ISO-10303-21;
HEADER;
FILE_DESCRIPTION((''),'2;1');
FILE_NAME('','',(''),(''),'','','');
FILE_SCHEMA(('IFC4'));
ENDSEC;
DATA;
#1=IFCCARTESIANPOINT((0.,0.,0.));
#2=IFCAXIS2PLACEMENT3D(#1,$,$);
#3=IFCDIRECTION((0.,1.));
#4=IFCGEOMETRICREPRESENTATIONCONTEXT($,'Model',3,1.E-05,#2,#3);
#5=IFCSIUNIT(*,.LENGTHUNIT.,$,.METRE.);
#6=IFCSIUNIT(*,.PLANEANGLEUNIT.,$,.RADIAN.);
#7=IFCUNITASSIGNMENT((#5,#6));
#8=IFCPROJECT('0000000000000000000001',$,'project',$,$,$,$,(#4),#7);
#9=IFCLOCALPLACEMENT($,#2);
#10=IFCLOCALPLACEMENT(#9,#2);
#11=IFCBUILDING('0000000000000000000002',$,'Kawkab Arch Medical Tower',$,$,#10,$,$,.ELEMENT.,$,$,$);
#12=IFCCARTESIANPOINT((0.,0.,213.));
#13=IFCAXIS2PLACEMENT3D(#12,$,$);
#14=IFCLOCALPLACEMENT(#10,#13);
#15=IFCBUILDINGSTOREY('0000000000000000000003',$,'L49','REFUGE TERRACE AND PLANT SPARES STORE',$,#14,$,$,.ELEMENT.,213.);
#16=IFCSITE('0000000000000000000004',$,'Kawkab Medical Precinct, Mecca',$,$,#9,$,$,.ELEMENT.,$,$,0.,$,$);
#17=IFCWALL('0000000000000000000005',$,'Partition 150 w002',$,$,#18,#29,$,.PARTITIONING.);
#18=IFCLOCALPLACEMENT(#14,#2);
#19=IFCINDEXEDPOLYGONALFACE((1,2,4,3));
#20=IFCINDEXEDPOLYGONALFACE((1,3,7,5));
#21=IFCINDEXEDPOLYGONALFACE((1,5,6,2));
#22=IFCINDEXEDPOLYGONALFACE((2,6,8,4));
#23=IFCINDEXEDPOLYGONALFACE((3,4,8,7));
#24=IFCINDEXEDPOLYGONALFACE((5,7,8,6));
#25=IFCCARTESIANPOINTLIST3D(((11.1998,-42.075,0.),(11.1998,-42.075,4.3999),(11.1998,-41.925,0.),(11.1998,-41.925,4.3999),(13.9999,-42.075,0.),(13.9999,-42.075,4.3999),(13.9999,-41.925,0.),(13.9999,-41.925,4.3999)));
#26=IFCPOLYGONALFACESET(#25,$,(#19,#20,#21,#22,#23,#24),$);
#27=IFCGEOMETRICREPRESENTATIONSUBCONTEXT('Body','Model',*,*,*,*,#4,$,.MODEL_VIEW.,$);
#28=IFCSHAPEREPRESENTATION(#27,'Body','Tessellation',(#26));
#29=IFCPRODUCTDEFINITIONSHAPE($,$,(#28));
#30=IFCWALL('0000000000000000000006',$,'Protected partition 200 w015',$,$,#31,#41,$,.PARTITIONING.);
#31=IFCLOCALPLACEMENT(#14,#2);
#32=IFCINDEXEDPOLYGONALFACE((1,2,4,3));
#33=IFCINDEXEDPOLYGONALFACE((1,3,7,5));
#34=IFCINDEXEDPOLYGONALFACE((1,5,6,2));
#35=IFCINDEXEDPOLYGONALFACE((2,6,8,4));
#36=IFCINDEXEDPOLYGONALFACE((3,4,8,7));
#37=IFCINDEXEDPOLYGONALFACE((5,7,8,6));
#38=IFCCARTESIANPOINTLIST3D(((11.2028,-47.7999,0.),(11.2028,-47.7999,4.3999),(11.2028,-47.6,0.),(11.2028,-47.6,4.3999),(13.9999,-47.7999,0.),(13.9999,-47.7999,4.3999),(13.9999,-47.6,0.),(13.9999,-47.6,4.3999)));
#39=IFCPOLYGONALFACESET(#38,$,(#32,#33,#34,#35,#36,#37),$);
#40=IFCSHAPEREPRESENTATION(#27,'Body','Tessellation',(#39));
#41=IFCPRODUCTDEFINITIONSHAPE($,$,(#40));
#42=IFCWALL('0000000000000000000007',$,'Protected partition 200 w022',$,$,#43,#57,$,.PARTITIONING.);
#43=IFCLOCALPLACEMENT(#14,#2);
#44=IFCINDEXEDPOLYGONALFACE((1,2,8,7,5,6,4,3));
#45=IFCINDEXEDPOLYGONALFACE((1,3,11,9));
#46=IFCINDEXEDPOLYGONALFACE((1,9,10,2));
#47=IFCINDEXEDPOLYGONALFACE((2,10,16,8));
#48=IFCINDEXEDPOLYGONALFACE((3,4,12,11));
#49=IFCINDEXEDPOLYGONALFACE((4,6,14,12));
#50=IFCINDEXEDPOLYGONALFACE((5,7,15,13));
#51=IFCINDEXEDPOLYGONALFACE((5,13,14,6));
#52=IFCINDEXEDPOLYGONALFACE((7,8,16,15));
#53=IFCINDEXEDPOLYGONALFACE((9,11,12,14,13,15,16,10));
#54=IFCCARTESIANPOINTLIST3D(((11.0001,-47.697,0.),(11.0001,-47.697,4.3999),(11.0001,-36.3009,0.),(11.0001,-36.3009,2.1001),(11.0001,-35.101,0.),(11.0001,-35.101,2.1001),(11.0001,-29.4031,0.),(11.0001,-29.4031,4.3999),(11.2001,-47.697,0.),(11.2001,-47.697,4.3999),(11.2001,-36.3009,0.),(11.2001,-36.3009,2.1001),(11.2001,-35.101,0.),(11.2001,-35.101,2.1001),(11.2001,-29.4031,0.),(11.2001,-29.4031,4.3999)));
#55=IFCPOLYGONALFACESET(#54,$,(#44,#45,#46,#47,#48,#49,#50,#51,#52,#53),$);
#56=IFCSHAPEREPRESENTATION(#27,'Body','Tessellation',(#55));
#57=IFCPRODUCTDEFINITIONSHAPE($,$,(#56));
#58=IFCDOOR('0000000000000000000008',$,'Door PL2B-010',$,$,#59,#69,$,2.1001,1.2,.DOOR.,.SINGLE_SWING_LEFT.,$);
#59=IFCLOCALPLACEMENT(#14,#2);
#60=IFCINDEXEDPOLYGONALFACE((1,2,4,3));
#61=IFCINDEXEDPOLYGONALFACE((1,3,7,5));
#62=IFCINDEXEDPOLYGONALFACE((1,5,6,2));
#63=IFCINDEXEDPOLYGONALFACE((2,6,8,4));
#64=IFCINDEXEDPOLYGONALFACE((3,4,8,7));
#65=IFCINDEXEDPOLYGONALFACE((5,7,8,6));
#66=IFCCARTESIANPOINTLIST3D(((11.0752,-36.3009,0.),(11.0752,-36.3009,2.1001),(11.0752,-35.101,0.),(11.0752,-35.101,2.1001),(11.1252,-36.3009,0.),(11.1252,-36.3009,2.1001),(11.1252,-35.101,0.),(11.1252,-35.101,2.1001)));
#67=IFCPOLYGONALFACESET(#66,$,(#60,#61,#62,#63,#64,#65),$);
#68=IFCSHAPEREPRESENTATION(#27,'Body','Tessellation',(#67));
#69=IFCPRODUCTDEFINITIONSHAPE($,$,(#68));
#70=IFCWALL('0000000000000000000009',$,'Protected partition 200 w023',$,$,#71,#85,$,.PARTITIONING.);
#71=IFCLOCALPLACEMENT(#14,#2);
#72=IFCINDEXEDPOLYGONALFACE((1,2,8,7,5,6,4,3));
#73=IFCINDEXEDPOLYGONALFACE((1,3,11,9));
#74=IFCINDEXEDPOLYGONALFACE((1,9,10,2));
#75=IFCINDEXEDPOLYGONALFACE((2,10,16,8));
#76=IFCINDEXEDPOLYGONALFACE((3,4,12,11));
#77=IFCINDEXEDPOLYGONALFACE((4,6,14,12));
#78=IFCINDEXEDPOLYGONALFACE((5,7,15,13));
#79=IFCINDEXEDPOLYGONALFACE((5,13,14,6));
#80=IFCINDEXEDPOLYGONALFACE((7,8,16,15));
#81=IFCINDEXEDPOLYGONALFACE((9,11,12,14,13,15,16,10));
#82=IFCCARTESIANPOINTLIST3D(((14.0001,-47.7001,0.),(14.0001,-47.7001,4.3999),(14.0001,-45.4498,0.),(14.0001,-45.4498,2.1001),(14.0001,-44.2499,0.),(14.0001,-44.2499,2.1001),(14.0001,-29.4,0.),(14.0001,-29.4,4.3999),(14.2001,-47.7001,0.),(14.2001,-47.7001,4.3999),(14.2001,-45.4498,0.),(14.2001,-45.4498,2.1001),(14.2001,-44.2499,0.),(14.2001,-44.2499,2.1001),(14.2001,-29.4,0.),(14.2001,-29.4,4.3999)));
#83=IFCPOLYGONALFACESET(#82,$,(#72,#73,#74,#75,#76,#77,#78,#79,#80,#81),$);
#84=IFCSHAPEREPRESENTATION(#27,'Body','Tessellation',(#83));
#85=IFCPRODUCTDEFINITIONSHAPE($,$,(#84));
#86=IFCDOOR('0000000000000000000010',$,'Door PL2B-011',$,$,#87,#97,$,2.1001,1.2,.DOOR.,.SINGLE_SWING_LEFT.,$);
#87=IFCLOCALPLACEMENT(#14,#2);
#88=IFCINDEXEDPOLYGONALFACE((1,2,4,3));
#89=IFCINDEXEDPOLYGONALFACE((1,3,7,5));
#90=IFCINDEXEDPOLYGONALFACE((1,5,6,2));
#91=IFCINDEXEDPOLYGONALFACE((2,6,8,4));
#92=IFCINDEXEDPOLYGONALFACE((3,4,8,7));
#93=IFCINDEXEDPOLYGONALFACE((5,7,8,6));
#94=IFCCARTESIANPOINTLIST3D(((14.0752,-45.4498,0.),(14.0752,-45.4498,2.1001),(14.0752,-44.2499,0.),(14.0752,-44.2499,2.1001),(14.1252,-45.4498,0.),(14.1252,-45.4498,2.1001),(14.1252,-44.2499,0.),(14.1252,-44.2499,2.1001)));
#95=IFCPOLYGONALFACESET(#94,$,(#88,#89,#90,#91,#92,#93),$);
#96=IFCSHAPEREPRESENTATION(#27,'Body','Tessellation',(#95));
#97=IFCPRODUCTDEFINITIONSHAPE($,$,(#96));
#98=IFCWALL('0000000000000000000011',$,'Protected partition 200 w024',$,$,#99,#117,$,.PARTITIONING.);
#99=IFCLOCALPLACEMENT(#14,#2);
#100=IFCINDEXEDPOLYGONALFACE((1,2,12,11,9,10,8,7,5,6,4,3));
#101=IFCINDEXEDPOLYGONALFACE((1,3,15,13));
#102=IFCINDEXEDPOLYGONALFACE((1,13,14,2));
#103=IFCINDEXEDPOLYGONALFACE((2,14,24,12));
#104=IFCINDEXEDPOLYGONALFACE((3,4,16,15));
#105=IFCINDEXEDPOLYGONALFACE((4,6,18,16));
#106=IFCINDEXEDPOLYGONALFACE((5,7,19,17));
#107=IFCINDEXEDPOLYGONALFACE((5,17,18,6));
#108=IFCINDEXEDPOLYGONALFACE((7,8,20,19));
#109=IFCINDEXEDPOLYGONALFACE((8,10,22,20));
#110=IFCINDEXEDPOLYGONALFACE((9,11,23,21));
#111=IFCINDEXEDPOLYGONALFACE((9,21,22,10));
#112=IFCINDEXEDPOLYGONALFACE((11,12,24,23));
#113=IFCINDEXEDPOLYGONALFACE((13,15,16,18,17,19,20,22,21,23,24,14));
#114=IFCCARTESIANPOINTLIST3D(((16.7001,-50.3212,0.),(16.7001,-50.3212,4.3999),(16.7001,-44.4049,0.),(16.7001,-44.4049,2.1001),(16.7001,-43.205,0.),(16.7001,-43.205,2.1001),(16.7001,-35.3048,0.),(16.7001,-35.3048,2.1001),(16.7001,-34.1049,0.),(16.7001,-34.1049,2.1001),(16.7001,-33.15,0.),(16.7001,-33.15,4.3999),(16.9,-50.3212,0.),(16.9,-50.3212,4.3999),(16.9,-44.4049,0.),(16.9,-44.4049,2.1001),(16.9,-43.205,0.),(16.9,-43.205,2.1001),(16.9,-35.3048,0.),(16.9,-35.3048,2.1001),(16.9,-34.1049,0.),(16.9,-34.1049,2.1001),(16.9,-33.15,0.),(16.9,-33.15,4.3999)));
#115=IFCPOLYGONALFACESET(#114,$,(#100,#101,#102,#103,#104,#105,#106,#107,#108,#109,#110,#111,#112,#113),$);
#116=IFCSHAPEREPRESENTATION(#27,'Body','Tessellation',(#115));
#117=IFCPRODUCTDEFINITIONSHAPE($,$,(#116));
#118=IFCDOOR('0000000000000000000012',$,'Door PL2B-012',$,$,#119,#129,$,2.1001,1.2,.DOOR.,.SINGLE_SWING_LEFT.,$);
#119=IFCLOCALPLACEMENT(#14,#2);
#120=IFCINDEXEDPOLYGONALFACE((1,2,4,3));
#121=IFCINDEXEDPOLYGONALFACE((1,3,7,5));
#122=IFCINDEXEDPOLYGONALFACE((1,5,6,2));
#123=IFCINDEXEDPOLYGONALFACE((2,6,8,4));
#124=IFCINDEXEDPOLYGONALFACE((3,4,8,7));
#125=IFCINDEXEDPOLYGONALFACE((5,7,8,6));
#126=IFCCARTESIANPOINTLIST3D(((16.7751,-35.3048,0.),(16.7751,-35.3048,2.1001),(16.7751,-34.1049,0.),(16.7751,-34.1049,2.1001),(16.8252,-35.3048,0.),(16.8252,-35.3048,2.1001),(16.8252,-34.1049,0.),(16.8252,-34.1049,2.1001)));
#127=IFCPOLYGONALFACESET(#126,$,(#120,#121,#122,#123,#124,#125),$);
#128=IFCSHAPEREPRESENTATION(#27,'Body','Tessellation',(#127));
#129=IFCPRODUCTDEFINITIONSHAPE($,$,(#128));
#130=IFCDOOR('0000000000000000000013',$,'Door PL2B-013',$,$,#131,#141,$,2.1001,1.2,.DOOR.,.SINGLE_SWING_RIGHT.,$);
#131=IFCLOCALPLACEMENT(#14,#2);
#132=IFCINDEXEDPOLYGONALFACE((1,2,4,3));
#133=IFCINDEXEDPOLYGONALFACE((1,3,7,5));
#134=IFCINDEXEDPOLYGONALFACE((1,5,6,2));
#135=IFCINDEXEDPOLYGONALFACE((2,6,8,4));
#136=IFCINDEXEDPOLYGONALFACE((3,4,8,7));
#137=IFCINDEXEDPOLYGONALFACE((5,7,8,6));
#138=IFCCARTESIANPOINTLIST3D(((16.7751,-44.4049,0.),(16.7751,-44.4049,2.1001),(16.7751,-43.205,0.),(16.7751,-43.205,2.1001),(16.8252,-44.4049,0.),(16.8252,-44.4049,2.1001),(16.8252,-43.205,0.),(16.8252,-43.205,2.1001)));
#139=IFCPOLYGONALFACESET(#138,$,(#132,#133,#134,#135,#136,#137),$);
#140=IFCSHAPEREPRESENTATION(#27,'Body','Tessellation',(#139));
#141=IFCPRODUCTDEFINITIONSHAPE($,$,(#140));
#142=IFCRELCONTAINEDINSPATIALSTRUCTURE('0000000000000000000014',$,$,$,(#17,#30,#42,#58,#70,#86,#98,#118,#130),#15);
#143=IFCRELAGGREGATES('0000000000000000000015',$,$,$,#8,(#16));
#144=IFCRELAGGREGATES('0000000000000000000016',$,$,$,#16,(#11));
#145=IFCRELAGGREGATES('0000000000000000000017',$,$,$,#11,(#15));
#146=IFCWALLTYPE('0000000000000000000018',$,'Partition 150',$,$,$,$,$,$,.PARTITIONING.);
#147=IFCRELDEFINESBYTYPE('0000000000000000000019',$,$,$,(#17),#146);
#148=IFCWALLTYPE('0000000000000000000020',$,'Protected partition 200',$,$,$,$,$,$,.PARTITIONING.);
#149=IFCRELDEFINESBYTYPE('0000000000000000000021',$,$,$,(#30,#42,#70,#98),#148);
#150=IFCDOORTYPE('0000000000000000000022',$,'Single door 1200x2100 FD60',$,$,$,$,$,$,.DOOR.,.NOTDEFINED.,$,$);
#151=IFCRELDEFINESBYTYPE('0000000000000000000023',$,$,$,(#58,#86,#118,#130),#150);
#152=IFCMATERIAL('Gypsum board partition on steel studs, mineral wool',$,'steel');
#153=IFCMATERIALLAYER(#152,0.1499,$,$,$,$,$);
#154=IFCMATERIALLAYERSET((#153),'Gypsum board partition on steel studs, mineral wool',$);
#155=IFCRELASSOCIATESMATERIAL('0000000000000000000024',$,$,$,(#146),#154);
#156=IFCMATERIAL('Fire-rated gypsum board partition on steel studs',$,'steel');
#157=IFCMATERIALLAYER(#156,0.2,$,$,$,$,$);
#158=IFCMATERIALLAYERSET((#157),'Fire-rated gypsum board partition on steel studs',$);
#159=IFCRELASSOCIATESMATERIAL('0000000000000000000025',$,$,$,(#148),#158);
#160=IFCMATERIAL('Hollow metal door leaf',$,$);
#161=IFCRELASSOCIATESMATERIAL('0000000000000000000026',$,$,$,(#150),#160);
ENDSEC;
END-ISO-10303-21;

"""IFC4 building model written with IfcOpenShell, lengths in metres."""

from ifc_helpers import new_model, si_unit, direction, frame, frame_2d, origin, place, context, subcontext, project, spatial, rectangle, extrude, material, layer, layer_set, type_object, element, fill, save


model = new_model("IFC4")

# Units and contexts
model_context = context("Model", 3, precision=1e-05, world=origin(), true_north=direction((0.0, 1.0)))
body_context = subcontext(model_context, "Body", "Model", "MODEL_VIEW")
ifc_project = project(units=[si_unit("LENGTHUNIT", "METRE"), si_unit("PLANEANGLEUNIT", "RADIAN")], contexts=[model_context])

# Site, building, storey
site_placement = place(None, origin())
site = spatial("IfcSite", under=ifc_project, at=site_placement, Name="Kawkab Medical Precinct, Mecca", CompositionType="ELEMENT", RefElevation=0.0)
building_placement = place(site_placement, origin())
building = spatial("IfcBuilding", under=site, at=building_placement, Name="Kawkab Arch Medical Tower", CompositionType="ELEMENT")
storey_placement = place(building_placement, frame((0.0, 0.0, 213.0)))
storey = spatial("IfcBuildingStorey", under=building, at=storey_placement, Name="L49", Description="REFUGE TERRACE AND PLANT SPARES STORE", CompositionType="ELEMENT", Elevation=213.0)

# Walls
ifc_material_1 = material(Name="Gypsum board partition on steel studs, mineral wool", Category="steel")
ifc_layer_1 = layer(ifc_material_1, 0.1499)
ifc_layer_set_1 = layer_set([ifc_layer_1], Name="Gypsum board partition on steel studs, mineral wool")
wall_type_1 = type_object("IfcWallType", Name="Partition 150", PredefinedType="PARTITIONING", material=ifc_layer_set_1)
wall_1_placement = place(storey_placement, frame((11.2, -42.0, 0.0), z_axis=(0.0, 0.0, 1.0), x_axis=(1.0, 0.0, 0.0)))
element("IfcWall", 1, at=wall_1_placement, inside=storey, type_object=wall_type_1, Name="Partition 150 w002", PredefinedType="PARTITIONING", context=body_context, shape_type="SweptSolid", body=[
    extrude(rectangle(XDim=2.8, YDim=0.1499, at=frame_2d((1.3999, 0.0))), origin(), (0.0, 0.0, 1.0), 4.3999),
])
ifc_material_2 = material(Name="Fire-rated gypsum board partition on steel studs", Category="steel")
ifc_layer_2 = layer(ifc_material_2, 0.2)
ifc_layer_set_2 = layer_set([ifc_layer_2], Name="Fire-rated gypsum board partition on steel studs")
wall_type_2 = type_object("IfcWallType", Name="Protected partition 200", PredefinedType="PARTITIONING", material=ifc_layer_set_2)
wall_2_placement = place(storey_placement, frame((11.2029, -47.7, 0.0), z_axis=(0.0, 0.0, 1.0), x_axis=(1.0, 0.0, 0.0)))
element("IfcWall", 2, at=wall_2_placement, inside=storey, type_object=wall_type_2, Name="Protected partition 200 w015", PredefinedType="PARTITIONING", context=body_context, shape_type="SweptSolid", body=[
    extrude(rectangle(XDim=2.7971, YDim=0.2, at=frame_2d((1.3984, 0.0))), origin(), (0.0, 0.0, 1.0), 4.3999),
])

# Walls, openings, doors
wall_3_placement = place(storey_placement, frame((11.1001, -47.697, 0.0), z_axis=(0.0, 0.0, 1.0), x_axis=(0.0, 1.0, 0.0)))
wall_3 = element("IfcWall", 3, at=wall_3_placement, inside=storey, type_object=wall_type_2, Name="Protected partition 200 w022", PredefinedType="PARTITIONING", context=body_context, shape_type="SweptSolid", body=[
    extrude(rectangle(XDim=18.2939, YDim=0.2, at=frame_2d((9.147, 0.0))), origin(), (0.0, 0.0, 1.0), 4.3999),
])
opening_1_placement = place(wall_3_placement, frame((11.396, 0.0, 0.0)))
opening_1 = element("IfcOpeningElement", 4, at=opening_1_placement, cuts=wall_3, PredefinedType="OPENING", context=body_context, shape_type="SweptSolid", body=[
    extrude(rectangle(XDim=1.2, YDim=2.1001, at=frame_2d((0.6001, 1.05))), frame((0.0, 0.1099, 0.0), z_axis=(0.0, -1.0, 0.0), x_axis=(1.0, 0.0, 0.0)), (0.0, 0.0, 1.0), 0.22),
])
ifc_material_3 = material(Name="Hollow metal door leaf")
door_type_1 = type_object("IfcDoorType", Name="Single door 1200x2100 FD60", OperationType="NOTDEFINED", PredefinedType="DOOR", material=ifc_material_3)
door_1_placement = place(opening_1_placement, origin())
door_1 = element("IfcDoor", 5, at=door_1_placement, inside=storey, type_object=door_type_1, Name="Door PL2B-010", OperationType="SINGLE_SWING_LEFT", OverallHeight=2.1001, OverallWidth=1.2, PredefinedType="DOOR", context=body_context, shape_type="SweptSolid", body=[
    extrude(rectangle(XDim=1.2, YDim=2.1001, at=frame_2d((0.6001, 1.05))), frame((0.0, 0.0249, 0.0), z_axis=(0.0, -1.0, 0.0), x_axis=(1.0, 0.0, 0.0)), (0.0, 0.0, 1.0), 0.05),
])
fill(opening_1, door_1)
wall_4_placement = place(storey_placement, frame((14.1001, -47.7, 0.0), z_axis=(0.0, 0.0, 1.0), x_axis=(0.0, 1.0, 0.0)))
wall_4 = element("IfcWall", 6, at=wall_4_placement, inside=storey, type_object=wall_type_2, Name="Protected partition 200 w023", PredefinedType="PARTITIONING", context=body_context, shape_type="SweptSolid", body=[
    extrude(rectangle(XDim=18.3, YDim=0.2, at=frame_2d((9.1499, 0.0))), origin(), (0.0, 0.0, 1.0), 4.3999),
])
opening_2_placement = place(wall_4_placement, frame((2.25, 0.0, 0.0)))
opening_2 = element("IfcOpeningElement", 7, at=opening_2_placement, cuts=wall_4, PredefinedType="OPENING", context=body_context, shape_type="SweptSolid", body=[
    extrude(rectangle(XDim=1.2, YDim=2.1001, at=frame_2d((0.6001, 1.05))), frame((0.0, 0.1099, 0.0), z_axis=(0.0, -1.0, 0.0), x_axis=(1.0, 0.0, 0.0)), (0.0, 0.0, 1.0), 0.22),
])
door_2_placement = place(opening_2_placement, origin())
door_2 = element("IfcDoor", 8, at=door_2_placement, inside=storey, type_object=door_type_1, Name="Door PL2B-011", OperationType="SINGLE_SWING_LEFT", OverallHeight=2.1001, OverallWidth=1.2, PredefinedType="DOOR", context=body_context, shape_type="SweptSolid", body=[
    extrude(rectangle(XDim=1.2, YDim=2.1001, at=frame_2d((0.6001, 1.05))), frame((0.0, 0.0249, 0.0), z_axis=(0.0, -1.0, 0.0), x_axis=(1.0, 0.0, 0.0)), (0.0, 0.0, 1.0), 0.05),
])
fill(opening_2, door_2)

# Wall, openings, doors
wall_5_placement = place(storey_placement, frame((16.8, -50.321, 0.0), z_axis=(0.0, 0.0, 1.0), x_axis=(0.0, 1.0, 0.0)))
wall_5 = element("IfcWall", 9, at=wall_5_placement, inside=storey, type_object=wall_type_2, Name="Protected partition 200 w024", PredefinedType="PARTITIONING", context=body_context, shape_type="SweptSolid", body=[
    extrude(rectangle(XDim=17.1711, YDim=0.2, at=frame_2d((8.5854, 0.0))), origin(), (0.0, 0.0, 1.0), 4.3999),
])
opening_3_placement = place(wall_5_placement, frame((15.0161, 0.0, 0.0)))
opening_3 = element("IfcOpeningElement", 10, at=opening_3_placement, cuts=wall_5, PredefinedType="OPENING", context=body_context, shape_type="SweptSolid", body=[
    extrude(rectangle(XDim=1.2, YDim=2.1001, at=frame_2d((0.6001, 1.05))), frame((0.0, 0.1099, 0.0), z_axis=(0.0, -1.0, 0.0), x_axis=(1.0, 0.0, 0.0)), (0.0, 0.0, 1.0), 0.22),
])
opening_4_placement = place(wall_5_placement, frame((5.916, 0.0, 0.0)))
opening_4 = element("IfcOpeningElement", 11, at=opening_4_placement, cuts=wall_5, PredefinedType="OPENING", context=body_context, shape_type="SweptSolid", body=[
    extrude(rectangle(XDim=1.2, YDim=2.1001, at=frame_2d((0.6001, 1.05))), frame((0.0, 0.1099, 0.0), z_axis=(0.0, -1.0, 0.0), x_axis=(1.0, 0.0, 0.0)), (0.0, 0.0, 1.0), 0.22),
])
door_3_placement = place(opening_3_placement, origin())
door_3 = element("IfcDoor", 12, at=door_3_placement, inside=storey, type_object=door_type_1, Name="Door PL2B-012", OperationType="SINGLE_SWING_LEFT", OverallHeight=2.1001, OverallWidth=1.2, PredefinedType="DOOR", context=body_context, shape_type="SweptSolid", body=[
    extrude(rectangle(XDim=1.2, YDim=2.1001, at=frame_2d((0.6001, 1.05))), frame((0.0, 0.0249, 0.0), z_axis=(0.0, -1.0, 0.0), x_axis=(1.0, 0.0, 0.0)), (0.0, 0.0, 1.0), 0.05),
])
fill(opening_3, door_3)
door_4_placement = place(opening_4_placement, origin())
door_4 = element("IfcDoor", 13, at=door_4_placement, inside=storey, type_object=door_type_1, Name="Door PL2B-013", OperationType="SINGLE_SWING_RIGHT", OverallHeight=2.1001, OverallWidth=1.2, PredefinedType="DOOR", context=body_context, shape_type="SweptSolid", body=[
    extrude(rectangle(XDim=1.2, YDim=2.1001, at=frame_2d((0.6001, 1.05))), frame((0.0, 0.0249, 0.0), z_axis=(0.0, -1.0, 0.0), x_axis=(1.0, 0.0, 0.0)), (0.0, 0.0, 1.0), 0.05),
])
fill(opening_4, door_4)

save(model, "model.ifc")
